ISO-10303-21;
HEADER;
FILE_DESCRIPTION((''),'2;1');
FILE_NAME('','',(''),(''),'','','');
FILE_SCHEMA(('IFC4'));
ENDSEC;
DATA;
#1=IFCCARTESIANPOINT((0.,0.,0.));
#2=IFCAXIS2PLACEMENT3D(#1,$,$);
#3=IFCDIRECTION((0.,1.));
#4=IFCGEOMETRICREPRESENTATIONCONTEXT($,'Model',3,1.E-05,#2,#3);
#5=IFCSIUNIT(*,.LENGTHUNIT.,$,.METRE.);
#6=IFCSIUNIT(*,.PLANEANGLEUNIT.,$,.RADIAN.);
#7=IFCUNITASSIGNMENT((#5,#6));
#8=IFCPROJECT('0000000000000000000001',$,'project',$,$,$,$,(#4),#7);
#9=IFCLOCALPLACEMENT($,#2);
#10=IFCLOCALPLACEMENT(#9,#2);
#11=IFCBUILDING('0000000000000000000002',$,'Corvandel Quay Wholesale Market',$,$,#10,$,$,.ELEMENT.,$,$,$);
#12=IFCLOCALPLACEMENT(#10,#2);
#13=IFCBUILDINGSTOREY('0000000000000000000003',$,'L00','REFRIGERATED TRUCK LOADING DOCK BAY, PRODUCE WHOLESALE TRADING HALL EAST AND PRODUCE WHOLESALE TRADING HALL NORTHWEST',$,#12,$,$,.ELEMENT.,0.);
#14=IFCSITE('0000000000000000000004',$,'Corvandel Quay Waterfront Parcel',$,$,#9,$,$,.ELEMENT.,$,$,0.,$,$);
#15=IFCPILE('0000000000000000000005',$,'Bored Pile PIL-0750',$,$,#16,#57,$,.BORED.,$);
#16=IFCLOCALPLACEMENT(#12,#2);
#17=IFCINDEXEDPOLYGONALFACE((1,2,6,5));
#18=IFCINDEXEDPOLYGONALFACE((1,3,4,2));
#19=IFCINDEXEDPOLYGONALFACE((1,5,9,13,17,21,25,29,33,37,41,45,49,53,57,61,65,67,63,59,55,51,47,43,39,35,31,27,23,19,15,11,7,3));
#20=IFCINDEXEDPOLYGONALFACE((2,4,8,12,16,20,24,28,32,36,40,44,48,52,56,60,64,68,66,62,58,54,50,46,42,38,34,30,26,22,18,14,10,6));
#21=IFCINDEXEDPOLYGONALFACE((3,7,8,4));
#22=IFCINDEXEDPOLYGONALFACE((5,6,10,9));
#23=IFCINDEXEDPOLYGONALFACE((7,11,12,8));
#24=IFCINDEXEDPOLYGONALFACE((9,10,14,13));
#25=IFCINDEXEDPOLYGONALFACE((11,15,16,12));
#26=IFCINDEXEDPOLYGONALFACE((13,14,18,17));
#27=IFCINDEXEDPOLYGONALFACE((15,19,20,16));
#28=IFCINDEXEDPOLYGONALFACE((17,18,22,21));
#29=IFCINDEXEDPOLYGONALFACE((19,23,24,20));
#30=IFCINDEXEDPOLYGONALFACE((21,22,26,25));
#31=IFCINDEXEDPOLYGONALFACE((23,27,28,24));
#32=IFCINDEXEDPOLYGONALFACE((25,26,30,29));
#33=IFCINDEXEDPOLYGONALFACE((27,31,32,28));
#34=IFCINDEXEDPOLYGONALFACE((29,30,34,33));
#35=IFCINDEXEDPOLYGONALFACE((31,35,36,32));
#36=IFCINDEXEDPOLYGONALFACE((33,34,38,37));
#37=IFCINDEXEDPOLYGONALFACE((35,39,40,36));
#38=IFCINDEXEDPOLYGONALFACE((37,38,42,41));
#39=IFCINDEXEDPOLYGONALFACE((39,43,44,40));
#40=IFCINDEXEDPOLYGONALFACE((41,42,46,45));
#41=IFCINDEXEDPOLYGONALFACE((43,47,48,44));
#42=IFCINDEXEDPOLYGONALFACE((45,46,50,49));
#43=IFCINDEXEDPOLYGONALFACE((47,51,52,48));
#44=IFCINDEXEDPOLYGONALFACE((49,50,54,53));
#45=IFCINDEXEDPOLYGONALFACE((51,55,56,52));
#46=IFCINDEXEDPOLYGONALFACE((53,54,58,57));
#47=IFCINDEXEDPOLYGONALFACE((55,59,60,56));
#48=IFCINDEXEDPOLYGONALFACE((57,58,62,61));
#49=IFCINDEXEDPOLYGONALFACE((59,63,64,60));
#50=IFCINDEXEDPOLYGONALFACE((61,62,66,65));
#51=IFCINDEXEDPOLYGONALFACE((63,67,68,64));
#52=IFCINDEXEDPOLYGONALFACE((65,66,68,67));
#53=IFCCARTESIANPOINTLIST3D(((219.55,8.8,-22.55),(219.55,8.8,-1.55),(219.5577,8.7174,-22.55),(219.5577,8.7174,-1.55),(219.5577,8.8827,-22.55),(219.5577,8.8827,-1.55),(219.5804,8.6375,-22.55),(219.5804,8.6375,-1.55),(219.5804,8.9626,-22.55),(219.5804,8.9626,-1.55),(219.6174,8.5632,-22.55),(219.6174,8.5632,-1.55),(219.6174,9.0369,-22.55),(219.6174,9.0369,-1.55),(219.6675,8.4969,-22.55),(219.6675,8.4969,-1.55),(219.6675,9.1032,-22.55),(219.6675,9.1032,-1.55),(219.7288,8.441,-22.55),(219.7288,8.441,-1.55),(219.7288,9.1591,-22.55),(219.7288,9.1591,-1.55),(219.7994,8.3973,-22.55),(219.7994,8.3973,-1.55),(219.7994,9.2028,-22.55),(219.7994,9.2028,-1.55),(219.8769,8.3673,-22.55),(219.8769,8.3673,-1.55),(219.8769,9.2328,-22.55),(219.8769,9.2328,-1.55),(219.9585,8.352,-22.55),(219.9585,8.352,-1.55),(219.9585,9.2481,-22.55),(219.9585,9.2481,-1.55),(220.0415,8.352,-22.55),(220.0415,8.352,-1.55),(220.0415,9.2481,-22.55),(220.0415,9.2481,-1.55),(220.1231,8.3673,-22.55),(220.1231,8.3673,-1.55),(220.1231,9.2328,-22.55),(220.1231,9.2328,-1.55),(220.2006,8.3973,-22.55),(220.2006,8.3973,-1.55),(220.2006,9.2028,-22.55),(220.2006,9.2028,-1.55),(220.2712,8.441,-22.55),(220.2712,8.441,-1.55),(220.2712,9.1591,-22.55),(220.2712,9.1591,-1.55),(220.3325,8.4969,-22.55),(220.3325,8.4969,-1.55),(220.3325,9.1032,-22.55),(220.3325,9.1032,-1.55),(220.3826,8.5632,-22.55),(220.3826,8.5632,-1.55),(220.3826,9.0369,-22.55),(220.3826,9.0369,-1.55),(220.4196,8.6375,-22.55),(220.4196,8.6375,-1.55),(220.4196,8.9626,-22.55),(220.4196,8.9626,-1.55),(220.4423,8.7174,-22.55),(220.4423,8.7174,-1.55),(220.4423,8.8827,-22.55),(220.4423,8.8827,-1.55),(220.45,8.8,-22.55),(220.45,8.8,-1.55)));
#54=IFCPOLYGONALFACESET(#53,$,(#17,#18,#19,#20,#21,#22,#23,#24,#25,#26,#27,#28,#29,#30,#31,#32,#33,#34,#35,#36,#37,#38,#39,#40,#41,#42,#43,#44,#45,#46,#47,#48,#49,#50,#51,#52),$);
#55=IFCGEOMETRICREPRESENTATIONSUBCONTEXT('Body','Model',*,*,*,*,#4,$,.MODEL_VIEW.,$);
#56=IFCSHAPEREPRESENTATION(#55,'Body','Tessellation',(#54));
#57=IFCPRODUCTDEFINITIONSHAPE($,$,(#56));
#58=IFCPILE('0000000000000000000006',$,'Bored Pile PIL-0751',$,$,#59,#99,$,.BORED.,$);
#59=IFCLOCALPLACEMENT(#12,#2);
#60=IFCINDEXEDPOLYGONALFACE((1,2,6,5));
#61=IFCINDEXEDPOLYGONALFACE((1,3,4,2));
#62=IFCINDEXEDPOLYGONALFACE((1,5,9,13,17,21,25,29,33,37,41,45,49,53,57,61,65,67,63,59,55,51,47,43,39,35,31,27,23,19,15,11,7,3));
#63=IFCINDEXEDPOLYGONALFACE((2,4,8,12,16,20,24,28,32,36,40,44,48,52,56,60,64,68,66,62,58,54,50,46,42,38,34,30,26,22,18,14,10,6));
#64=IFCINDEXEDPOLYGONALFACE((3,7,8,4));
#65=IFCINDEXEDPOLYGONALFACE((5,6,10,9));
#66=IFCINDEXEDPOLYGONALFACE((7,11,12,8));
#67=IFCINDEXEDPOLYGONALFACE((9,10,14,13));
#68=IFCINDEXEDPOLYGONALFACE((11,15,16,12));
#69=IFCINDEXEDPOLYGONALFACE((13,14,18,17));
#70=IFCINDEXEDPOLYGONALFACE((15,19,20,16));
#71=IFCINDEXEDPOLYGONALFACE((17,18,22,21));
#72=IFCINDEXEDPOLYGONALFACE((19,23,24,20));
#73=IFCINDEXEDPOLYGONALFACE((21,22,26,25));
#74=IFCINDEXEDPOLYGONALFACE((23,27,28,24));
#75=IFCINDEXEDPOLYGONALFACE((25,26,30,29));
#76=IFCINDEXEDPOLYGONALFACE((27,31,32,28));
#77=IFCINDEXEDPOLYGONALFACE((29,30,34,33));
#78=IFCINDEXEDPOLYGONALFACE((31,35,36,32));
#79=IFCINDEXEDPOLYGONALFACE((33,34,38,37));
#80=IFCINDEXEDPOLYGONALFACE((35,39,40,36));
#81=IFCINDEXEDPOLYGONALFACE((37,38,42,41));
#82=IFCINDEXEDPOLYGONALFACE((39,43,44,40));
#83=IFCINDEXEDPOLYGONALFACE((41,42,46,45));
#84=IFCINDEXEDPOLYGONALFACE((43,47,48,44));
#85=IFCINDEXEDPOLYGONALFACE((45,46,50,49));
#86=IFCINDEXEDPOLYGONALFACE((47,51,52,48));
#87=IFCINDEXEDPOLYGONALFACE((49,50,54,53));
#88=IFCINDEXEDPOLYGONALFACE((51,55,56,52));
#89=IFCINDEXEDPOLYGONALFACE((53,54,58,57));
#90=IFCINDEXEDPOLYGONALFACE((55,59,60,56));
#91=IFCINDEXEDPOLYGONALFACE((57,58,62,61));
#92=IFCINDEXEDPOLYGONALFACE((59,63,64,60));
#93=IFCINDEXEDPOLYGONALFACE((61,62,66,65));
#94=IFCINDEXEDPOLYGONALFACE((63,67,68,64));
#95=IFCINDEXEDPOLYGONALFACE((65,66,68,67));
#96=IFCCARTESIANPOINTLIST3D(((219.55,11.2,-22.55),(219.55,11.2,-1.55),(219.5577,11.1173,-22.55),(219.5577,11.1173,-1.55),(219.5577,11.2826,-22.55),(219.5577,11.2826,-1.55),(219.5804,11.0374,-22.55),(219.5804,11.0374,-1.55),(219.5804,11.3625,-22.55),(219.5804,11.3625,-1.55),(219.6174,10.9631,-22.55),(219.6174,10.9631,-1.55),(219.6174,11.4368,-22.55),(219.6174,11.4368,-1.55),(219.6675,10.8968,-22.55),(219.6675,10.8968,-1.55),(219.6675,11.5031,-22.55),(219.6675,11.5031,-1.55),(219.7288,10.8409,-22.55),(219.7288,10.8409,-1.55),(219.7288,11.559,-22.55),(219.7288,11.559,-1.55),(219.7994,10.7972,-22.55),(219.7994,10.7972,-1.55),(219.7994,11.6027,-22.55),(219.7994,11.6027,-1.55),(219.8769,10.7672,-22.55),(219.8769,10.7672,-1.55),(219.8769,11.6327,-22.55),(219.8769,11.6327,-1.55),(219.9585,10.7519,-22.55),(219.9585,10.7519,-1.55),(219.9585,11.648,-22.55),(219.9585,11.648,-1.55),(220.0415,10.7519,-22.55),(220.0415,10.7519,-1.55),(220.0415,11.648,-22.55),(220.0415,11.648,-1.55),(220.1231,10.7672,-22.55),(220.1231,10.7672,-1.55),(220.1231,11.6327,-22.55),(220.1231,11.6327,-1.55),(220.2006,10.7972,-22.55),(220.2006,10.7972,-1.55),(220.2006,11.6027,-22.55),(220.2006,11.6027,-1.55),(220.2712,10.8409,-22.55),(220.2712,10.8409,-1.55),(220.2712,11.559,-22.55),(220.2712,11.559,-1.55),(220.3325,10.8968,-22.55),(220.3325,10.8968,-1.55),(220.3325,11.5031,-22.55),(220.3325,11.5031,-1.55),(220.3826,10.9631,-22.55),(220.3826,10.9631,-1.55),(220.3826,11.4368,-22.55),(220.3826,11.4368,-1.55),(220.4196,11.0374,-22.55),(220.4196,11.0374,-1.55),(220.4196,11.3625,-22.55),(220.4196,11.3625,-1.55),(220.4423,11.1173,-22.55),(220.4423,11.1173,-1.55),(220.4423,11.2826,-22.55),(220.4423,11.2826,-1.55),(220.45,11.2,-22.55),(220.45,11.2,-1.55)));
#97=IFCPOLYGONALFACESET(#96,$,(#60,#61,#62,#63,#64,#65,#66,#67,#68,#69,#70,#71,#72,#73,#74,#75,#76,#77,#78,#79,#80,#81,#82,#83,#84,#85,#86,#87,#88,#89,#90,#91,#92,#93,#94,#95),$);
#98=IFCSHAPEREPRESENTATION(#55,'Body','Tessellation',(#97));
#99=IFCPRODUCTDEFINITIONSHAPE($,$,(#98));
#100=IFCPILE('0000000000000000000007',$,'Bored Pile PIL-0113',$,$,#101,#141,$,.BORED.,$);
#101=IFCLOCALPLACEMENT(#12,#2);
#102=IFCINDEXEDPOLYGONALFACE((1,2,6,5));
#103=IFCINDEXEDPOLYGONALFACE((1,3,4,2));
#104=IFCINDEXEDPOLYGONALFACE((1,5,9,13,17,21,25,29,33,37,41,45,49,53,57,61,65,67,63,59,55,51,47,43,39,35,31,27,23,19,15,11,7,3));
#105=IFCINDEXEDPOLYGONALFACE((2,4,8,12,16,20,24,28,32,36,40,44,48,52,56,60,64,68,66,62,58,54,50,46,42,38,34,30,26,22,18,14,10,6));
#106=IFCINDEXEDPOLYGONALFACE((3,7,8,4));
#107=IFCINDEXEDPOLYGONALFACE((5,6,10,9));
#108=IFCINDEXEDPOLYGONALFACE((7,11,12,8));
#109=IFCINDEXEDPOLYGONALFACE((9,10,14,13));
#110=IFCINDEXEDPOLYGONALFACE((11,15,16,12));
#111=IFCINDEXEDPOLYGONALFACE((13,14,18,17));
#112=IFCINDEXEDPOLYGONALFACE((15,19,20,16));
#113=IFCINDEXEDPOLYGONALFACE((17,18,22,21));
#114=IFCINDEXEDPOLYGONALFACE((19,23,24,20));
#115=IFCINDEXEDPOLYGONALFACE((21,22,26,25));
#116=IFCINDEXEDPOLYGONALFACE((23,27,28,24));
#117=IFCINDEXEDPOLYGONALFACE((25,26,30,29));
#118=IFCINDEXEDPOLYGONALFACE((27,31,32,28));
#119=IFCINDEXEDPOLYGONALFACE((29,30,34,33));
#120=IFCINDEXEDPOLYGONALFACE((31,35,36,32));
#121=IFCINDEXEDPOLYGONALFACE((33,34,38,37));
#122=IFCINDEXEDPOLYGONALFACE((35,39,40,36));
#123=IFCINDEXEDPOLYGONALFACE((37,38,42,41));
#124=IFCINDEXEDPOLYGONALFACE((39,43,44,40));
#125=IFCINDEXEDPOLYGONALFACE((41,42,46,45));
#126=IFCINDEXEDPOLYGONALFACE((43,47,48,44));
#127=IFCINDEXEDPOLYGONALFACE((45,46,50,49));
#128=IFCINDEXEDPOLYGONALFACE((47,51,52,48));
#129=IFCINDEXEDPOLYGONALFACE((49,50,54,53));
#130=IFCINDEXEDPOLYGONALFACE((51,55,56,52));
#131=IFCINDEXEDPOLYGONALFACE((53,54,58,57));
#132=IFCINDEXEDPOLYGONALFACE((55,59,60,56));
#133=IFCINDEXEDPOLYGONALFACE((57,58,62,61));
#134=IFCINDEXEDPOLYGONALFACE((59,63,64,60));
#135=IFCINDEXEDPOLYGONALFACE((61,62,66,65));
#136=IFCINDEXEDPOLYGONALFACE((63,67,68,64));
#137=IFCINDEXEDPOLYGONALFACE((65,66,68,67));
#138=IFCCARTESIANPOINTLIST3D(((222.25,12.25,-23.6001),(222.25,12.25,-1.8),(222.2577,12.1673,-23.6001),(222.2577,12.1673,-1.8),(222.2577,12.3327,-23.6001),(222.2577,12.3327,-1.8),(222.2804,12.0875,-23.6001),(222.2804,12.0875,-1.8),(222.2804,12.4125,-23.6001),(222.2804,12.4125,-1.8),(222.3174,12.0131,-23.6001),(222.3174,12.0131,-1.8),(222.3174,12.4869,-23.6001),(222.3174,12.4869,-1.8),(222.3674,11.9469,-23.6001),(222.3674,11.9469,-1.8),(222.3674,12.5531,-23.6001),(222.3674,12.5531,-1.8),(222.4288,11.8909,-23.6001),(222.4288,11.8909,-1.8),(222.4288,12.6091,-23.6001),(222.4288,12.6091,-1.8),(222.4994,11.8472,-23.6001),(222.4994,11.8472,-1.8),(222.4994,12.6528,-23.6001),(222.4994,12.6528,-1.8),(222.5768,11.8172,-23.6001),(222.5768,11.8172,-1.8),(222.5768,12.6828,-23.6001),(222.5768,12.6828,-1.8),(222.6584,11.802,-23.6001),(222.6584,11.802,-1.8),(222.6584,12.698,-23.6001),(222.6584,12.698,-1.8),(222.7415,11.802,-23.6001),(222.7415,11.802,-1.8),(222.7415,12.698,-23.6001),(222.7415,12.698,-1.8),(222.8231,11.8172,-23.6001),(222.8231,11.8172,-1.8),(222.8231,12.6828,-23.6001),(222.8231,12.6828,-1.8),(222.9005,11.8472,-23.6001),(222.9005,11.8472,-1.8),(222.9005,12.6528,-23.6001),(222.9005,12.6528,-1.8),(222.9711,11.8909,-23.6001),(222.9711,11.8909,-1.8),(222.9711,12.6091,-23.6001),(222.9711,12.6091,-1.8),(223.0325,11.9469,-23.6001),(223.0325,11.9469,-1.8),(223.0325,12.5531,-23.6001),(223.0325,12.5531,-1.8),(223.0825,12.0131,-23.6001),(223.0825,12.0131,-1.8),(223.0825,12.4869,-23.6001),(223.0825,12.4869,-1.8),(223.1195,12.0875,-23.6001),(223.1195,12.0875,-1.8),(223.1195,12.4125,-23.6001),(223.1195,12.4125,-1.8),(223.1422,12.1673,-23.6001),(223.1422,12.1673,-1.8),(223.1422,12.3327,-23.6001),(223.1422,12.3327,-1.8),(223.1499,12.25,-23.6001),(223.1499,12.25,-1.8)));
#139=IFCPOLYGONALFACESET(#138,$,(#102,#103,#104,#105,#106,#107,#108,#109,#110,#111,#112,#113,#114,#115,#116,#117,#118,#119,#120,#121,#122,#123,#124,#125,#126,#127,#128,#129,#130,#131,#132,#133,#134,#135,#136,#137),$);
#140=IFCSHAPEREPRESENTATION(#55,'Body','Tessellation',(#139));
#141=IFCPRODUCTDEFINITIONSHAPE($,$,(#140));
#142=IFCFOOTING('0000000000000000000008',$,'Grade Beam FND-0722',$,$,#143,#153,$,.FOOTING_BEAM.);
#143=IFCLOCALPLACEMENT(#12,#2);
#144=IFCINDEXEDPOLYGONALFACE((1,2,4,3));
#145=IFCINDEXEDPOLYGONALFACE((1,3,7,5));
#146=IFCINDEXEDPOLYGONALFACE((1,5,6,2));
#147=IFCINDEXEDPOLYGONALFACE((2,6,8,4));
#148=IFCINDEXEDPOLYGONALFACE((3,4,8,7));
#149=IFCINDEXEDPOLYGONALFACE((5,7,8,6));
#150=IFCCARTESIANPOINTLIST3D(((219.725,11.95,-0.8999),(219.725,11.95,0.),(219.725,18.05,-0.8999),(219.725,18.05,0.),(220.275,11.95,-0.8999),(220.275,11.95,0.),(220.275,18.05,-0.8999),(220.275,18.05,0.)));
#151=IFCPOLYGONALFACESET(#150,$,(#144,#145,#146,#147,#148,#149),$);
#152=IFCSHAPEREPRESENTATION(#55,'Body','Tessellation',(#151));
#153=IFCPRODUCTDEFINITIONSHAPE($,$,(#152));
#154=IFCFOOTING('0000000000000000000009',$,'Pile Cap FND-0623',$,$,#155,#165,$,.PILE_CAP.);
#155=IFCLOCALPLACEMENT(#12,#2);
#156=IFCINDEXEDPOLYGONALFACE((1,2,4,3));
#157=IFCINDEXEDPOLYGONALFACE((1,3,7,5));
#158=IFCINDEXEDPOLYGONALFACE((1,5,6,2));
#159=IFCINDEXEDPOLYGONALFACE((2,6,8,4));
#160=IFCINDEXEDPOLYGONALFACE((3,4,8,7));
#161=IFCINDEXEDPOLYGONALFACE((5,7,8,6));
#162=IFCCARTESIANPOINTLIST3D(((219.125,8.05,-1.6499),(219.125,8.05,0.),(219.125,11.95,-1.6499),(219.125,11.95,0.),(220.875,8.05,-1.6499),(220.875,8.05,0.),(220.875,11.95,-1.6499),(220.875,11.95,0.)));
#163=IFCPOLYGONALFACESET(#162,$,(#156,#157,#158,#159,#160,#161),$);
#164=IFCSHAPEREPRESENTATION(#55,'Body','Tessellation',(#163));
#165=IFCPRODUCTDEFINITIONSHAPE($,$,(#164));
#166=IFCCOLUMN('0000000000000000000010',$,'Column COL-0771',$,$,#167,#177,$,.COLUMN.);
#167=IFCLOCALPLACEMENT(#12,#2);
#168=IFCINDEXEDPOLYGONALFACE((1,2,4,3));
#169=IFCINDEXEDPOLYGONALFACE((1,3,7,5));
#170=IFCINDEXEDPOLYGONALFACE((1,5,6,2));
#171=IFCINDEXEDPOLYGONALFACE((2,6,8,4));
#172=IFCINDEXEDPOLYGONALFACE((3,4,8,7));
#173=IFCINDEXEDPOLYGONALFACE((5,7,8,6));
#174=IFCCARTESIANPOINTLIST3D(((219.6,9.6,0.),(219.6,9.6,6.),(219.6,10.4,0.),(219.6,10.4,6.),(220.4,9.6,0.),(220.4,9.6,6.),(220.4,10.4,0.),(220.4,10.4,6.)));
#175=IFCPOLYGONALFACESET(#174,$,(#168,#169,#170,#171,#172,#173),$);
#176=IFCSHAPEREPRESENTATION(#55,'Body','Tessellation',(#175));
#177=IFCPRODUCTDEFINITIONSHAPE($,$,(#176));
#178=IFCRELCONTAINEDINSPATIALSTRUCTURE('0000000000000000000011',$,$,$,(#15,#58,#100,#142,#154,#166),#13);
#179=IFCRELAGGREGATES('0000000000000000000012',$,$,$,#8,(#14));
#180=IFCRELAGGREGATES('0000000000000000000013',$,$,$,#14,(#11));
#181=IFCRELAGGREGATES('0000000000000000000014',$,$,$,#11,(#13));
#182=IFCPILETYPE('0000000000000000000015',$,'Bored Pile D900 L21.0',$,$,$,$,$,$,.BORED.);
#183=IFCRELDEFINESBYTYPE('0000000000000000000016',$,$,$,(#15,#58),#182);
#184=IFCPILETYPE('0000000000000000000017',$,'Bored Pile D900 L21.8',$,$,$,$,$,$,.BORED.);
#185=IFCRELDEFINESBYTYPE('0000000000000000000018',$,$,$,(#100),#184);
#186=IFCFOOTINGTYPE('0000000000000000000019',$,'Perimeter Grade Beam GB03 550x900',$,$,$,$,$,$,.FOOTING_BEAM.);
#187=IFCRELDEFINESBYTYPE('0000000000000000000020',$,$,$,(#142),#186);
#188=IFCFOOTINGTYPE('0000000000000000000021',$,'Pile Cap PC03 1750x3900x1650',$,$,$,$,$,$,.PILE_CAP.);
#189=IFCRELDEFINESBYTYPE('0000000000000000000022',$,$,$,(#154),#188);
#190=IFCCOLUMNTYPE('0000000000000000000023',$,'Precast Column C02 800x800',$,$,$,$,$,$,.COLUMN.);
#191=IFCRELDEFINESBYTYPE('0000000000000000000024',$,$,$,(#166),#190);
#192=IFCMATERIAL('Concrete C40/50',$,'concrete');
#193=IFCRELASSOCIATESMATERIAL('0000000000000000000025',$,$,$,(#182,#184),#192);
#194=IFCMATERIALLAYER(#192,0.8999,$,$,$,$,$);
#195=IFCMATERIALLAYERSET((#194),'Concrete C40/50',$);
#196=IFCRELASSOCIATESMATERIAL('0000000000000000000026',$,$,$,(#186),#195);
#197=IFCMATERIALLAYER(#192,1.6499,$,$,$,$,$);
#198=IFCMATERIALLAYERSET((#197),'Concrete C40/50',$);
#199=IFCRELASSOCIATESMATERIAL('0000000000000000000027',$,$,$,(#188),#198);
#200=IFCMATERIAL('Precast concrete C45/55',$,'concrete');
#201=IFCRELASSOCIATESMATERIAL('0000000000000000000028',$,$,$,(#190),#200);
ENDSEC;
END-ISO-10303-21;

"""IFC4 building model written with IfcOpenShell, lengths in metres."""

from ifc_helpers import new_model, si_unit, direction, frame, origin, origin_2d, place, context, subcontext, project, spatial, rectangle, circle, extrude, material, layer, layer_set, material_profile, profile_set, type_object, element, save


model = new_model("IFC4")

# Units and contexts
model_context = context("Model", 3, precision=1e-05, world=origin(), true_north=direction((0.0, 1.0)))
body_context = subcontext(model_context, "Body", "Model", "MODEL_VIEW")
ifc_project = project(units=[si_unit("LENGTHUNIT", "METRE"), si_unit("PLANEANGLEUNIT", "RADIAN")], contexts=[model_context])

# Site, building, storey
site_placement = place(None, origin())
site = spatial("IfcSite", under=ifc_project, at=site_placement, Name="Corvandel Quay Waterfront Parcel", CompositionType="ELEMENT", RefElevation=0.0)
building_placement = place(site_placement, origin())
building = spatial("IfcBuilding", under=site, at=building_placement, Name="Corvandel Quay Wholesale Market", CompositionType="ELEMENT")
storey_placement = place(building_placement, origin())
storey = spatial("IfcBuildingStorey", under=building, at=storey_placement, Name="L00", Description="REFRIGERATED TRUCK LOADING DOCK BAY, PRODUCE WHOLESALE TRADING HALL EAST AND PRODUCE WHOLESALE TRADING HALL NORTHWEST", CompositionType="ELEMENT", Elevation=0.0)

# Piles
ifc_material_1 = material(Name="Concrete C40/50", Category="concrete")
ifc_material_profile_1 = material_profile(ifc_material_1, circle(Radius=0.45, at=origin_2d()), Name="RC-PILE-D900")
ifc_profile_set_1 = profile_set([ifc_material_profile_1], Name="Concrete C40/50")
pile_type_1 = type_object("IfcPileType", Name="Bored Pile D900 L21.0", PredefinedType="BORED", material=ifc_profile_set_1)
for number, where, z_axis, x_axis, name in (
    (1, (220.0, 8.8, -1.55), (0.0, 0.0, -1.0), (1.0, 0.0, 0.0), "Bored Pile PIL-0750"),
    (2, (220.0, 11.2, -1.55), (0.0, 0.0, -1.0), (1.0, 0.0, 0.0), "Bored Pile PIL-0751"),
):
    element("IfcPile", number, at=place(storey_placement, frame(where, z_axis=z_axis, x_axis=x_axis)), inside=storey, type_object=pile_type_1, Name=name, PredefinedType="BORED", context=body_context, shape_type="SweptSolid", body=[
        extrude(circle(Radius=0.45, at=origin_2d()), origin(), (0.0, 0.0, 1.0), 21.0),
    ])
ifc_material_profile_2 = material_profile(ifc_material_1, circle(Radius=0.45, at=origin_2d()), Name="RC-PILE-D900")
ifc_profile_set_2 = profile_set([ifc_material_profile_2], Name="Concrete C40/50")
pile_type_2 = type_object("IfcPileType", Name="Bored Pile D900 L21.8", PredefinedType="BORED", material=ifc_profile_set_2)
pile_placement = place(storey_placement, frame((222.7, 12.25, -1.8), z_axis=(0.0, 0.0, -1.0), x_axis=(1.0, 0.0, 0.0)))
element("IfcPile", 3, at=pile_placement, inside=storey, type_object=pile_type_2, Name="Bored Pile PIL-0113", PredefinedType="BORED", context=body_context, shape_type="SweptSolid", body=[
    extrude(circle(Radius=0.45, at=origin_2d()), origin(), (0.0, 0.0, 1.0), 21.8),
])

# Footings
ifc_layer_1 = layer(ifc_material_1, 0.8999)
ifc_layer_set_1 = layer_set([ifc_layer_1], Name="Concrete C40/50")
footing_type_1 = type_object("IfcFootingType", Name="Perimeter Grade Beam GB03 550x900", PredefinedType="FOOTING_BEAM", material=ifc_layer_set_1)
footing_1_placement = place(storey_placement, frame((220.0, 15.0, -0.8999), z_axis=(0.0, 0.0, 1.0), x_axis=(0.0, 1.0, 0.0)))
element("IfcFooting", 4, at=footing_1_placement, inside=storey, type_object=footing_type_1, Name="Grade Beam FND-0722", PredefinedType="FOOTING_BEAM", context=body_context, shape_type="SweptSolid", body=[
    extrude(rectangle(XDim=6.1001, YDim=0.55, at=origin_2d()), origin(), (0.0, 0.0, 1.0), 0.8999),
])
ifc_layer_2 = layer(ifc_material_1, 1.6499)
ifc_layer_set_2 = layer_set([ifc_layer_2], Name="Concrete C40/50")
footing_type_2 = type_object("IfcFootingType", Name="Pile Cap PC03 1750x3900x1650", PredefinedType="PILE_CAP", material=ifc_layer_set_2)
footing_2_placement = place(storey_placement, frame((220.0, 10.0, -1.6499), z_axis=(0.0, 0.0, 1.0), x_axis=(1.0, 0.0, 0.0)))
element("IfcFooting", 5, at=footing_2_placement, inside=storey, type_object=footing_type_2, Name="Pile Cap FND-0623", PredefinedType="PILE_CAP", context=body_context, shape_type="SweptSolid", body=[
    extrude(rectangle(XDim=1.75, YDim=3.8999, at=origin_2d()), origin(), (0.0, 0.0, 1.0), 1.6499),
])

# Column
ifc_material_2 = material(Name="Precast concrete C45/55", Category="concrete")
ifc_material_profile_3 = material_profile(ifc_material_2, rectangle(XDim=0.8, YDim=0.8, at=origin_2d()), Name="PC-COL-800x800")
ifc_profile_set_3 = profile_set([ifc_material_profile_3], Name="Precast concrete C45/55")
column_type = type_object("IfcColumnType", Name="Precast Column C02 800x800", PredefinedType="COLUMN", material=ifc_profile_set_3)
column_placement = place(storey_placement, frame((220.0, 10.0, 0.0), z_axis=(0.0, 0.0, 1.0), x_axis=(1.0, 0.0, 0.0)))
element("IfcColumn", 6, at=column_placement, inside=storey, type_object=column_type, Name="Column COL-0771", PredefinedType="COLUMN", context=body_context, shape_type="SweptSolid", body=[
    extrude(rectangle(XDim=0.8, YDim=0.8, at=origin_2d()), origin(), (0.0, 0.0, 1.0), 6.0),
])

save(model, "model.ifc")
